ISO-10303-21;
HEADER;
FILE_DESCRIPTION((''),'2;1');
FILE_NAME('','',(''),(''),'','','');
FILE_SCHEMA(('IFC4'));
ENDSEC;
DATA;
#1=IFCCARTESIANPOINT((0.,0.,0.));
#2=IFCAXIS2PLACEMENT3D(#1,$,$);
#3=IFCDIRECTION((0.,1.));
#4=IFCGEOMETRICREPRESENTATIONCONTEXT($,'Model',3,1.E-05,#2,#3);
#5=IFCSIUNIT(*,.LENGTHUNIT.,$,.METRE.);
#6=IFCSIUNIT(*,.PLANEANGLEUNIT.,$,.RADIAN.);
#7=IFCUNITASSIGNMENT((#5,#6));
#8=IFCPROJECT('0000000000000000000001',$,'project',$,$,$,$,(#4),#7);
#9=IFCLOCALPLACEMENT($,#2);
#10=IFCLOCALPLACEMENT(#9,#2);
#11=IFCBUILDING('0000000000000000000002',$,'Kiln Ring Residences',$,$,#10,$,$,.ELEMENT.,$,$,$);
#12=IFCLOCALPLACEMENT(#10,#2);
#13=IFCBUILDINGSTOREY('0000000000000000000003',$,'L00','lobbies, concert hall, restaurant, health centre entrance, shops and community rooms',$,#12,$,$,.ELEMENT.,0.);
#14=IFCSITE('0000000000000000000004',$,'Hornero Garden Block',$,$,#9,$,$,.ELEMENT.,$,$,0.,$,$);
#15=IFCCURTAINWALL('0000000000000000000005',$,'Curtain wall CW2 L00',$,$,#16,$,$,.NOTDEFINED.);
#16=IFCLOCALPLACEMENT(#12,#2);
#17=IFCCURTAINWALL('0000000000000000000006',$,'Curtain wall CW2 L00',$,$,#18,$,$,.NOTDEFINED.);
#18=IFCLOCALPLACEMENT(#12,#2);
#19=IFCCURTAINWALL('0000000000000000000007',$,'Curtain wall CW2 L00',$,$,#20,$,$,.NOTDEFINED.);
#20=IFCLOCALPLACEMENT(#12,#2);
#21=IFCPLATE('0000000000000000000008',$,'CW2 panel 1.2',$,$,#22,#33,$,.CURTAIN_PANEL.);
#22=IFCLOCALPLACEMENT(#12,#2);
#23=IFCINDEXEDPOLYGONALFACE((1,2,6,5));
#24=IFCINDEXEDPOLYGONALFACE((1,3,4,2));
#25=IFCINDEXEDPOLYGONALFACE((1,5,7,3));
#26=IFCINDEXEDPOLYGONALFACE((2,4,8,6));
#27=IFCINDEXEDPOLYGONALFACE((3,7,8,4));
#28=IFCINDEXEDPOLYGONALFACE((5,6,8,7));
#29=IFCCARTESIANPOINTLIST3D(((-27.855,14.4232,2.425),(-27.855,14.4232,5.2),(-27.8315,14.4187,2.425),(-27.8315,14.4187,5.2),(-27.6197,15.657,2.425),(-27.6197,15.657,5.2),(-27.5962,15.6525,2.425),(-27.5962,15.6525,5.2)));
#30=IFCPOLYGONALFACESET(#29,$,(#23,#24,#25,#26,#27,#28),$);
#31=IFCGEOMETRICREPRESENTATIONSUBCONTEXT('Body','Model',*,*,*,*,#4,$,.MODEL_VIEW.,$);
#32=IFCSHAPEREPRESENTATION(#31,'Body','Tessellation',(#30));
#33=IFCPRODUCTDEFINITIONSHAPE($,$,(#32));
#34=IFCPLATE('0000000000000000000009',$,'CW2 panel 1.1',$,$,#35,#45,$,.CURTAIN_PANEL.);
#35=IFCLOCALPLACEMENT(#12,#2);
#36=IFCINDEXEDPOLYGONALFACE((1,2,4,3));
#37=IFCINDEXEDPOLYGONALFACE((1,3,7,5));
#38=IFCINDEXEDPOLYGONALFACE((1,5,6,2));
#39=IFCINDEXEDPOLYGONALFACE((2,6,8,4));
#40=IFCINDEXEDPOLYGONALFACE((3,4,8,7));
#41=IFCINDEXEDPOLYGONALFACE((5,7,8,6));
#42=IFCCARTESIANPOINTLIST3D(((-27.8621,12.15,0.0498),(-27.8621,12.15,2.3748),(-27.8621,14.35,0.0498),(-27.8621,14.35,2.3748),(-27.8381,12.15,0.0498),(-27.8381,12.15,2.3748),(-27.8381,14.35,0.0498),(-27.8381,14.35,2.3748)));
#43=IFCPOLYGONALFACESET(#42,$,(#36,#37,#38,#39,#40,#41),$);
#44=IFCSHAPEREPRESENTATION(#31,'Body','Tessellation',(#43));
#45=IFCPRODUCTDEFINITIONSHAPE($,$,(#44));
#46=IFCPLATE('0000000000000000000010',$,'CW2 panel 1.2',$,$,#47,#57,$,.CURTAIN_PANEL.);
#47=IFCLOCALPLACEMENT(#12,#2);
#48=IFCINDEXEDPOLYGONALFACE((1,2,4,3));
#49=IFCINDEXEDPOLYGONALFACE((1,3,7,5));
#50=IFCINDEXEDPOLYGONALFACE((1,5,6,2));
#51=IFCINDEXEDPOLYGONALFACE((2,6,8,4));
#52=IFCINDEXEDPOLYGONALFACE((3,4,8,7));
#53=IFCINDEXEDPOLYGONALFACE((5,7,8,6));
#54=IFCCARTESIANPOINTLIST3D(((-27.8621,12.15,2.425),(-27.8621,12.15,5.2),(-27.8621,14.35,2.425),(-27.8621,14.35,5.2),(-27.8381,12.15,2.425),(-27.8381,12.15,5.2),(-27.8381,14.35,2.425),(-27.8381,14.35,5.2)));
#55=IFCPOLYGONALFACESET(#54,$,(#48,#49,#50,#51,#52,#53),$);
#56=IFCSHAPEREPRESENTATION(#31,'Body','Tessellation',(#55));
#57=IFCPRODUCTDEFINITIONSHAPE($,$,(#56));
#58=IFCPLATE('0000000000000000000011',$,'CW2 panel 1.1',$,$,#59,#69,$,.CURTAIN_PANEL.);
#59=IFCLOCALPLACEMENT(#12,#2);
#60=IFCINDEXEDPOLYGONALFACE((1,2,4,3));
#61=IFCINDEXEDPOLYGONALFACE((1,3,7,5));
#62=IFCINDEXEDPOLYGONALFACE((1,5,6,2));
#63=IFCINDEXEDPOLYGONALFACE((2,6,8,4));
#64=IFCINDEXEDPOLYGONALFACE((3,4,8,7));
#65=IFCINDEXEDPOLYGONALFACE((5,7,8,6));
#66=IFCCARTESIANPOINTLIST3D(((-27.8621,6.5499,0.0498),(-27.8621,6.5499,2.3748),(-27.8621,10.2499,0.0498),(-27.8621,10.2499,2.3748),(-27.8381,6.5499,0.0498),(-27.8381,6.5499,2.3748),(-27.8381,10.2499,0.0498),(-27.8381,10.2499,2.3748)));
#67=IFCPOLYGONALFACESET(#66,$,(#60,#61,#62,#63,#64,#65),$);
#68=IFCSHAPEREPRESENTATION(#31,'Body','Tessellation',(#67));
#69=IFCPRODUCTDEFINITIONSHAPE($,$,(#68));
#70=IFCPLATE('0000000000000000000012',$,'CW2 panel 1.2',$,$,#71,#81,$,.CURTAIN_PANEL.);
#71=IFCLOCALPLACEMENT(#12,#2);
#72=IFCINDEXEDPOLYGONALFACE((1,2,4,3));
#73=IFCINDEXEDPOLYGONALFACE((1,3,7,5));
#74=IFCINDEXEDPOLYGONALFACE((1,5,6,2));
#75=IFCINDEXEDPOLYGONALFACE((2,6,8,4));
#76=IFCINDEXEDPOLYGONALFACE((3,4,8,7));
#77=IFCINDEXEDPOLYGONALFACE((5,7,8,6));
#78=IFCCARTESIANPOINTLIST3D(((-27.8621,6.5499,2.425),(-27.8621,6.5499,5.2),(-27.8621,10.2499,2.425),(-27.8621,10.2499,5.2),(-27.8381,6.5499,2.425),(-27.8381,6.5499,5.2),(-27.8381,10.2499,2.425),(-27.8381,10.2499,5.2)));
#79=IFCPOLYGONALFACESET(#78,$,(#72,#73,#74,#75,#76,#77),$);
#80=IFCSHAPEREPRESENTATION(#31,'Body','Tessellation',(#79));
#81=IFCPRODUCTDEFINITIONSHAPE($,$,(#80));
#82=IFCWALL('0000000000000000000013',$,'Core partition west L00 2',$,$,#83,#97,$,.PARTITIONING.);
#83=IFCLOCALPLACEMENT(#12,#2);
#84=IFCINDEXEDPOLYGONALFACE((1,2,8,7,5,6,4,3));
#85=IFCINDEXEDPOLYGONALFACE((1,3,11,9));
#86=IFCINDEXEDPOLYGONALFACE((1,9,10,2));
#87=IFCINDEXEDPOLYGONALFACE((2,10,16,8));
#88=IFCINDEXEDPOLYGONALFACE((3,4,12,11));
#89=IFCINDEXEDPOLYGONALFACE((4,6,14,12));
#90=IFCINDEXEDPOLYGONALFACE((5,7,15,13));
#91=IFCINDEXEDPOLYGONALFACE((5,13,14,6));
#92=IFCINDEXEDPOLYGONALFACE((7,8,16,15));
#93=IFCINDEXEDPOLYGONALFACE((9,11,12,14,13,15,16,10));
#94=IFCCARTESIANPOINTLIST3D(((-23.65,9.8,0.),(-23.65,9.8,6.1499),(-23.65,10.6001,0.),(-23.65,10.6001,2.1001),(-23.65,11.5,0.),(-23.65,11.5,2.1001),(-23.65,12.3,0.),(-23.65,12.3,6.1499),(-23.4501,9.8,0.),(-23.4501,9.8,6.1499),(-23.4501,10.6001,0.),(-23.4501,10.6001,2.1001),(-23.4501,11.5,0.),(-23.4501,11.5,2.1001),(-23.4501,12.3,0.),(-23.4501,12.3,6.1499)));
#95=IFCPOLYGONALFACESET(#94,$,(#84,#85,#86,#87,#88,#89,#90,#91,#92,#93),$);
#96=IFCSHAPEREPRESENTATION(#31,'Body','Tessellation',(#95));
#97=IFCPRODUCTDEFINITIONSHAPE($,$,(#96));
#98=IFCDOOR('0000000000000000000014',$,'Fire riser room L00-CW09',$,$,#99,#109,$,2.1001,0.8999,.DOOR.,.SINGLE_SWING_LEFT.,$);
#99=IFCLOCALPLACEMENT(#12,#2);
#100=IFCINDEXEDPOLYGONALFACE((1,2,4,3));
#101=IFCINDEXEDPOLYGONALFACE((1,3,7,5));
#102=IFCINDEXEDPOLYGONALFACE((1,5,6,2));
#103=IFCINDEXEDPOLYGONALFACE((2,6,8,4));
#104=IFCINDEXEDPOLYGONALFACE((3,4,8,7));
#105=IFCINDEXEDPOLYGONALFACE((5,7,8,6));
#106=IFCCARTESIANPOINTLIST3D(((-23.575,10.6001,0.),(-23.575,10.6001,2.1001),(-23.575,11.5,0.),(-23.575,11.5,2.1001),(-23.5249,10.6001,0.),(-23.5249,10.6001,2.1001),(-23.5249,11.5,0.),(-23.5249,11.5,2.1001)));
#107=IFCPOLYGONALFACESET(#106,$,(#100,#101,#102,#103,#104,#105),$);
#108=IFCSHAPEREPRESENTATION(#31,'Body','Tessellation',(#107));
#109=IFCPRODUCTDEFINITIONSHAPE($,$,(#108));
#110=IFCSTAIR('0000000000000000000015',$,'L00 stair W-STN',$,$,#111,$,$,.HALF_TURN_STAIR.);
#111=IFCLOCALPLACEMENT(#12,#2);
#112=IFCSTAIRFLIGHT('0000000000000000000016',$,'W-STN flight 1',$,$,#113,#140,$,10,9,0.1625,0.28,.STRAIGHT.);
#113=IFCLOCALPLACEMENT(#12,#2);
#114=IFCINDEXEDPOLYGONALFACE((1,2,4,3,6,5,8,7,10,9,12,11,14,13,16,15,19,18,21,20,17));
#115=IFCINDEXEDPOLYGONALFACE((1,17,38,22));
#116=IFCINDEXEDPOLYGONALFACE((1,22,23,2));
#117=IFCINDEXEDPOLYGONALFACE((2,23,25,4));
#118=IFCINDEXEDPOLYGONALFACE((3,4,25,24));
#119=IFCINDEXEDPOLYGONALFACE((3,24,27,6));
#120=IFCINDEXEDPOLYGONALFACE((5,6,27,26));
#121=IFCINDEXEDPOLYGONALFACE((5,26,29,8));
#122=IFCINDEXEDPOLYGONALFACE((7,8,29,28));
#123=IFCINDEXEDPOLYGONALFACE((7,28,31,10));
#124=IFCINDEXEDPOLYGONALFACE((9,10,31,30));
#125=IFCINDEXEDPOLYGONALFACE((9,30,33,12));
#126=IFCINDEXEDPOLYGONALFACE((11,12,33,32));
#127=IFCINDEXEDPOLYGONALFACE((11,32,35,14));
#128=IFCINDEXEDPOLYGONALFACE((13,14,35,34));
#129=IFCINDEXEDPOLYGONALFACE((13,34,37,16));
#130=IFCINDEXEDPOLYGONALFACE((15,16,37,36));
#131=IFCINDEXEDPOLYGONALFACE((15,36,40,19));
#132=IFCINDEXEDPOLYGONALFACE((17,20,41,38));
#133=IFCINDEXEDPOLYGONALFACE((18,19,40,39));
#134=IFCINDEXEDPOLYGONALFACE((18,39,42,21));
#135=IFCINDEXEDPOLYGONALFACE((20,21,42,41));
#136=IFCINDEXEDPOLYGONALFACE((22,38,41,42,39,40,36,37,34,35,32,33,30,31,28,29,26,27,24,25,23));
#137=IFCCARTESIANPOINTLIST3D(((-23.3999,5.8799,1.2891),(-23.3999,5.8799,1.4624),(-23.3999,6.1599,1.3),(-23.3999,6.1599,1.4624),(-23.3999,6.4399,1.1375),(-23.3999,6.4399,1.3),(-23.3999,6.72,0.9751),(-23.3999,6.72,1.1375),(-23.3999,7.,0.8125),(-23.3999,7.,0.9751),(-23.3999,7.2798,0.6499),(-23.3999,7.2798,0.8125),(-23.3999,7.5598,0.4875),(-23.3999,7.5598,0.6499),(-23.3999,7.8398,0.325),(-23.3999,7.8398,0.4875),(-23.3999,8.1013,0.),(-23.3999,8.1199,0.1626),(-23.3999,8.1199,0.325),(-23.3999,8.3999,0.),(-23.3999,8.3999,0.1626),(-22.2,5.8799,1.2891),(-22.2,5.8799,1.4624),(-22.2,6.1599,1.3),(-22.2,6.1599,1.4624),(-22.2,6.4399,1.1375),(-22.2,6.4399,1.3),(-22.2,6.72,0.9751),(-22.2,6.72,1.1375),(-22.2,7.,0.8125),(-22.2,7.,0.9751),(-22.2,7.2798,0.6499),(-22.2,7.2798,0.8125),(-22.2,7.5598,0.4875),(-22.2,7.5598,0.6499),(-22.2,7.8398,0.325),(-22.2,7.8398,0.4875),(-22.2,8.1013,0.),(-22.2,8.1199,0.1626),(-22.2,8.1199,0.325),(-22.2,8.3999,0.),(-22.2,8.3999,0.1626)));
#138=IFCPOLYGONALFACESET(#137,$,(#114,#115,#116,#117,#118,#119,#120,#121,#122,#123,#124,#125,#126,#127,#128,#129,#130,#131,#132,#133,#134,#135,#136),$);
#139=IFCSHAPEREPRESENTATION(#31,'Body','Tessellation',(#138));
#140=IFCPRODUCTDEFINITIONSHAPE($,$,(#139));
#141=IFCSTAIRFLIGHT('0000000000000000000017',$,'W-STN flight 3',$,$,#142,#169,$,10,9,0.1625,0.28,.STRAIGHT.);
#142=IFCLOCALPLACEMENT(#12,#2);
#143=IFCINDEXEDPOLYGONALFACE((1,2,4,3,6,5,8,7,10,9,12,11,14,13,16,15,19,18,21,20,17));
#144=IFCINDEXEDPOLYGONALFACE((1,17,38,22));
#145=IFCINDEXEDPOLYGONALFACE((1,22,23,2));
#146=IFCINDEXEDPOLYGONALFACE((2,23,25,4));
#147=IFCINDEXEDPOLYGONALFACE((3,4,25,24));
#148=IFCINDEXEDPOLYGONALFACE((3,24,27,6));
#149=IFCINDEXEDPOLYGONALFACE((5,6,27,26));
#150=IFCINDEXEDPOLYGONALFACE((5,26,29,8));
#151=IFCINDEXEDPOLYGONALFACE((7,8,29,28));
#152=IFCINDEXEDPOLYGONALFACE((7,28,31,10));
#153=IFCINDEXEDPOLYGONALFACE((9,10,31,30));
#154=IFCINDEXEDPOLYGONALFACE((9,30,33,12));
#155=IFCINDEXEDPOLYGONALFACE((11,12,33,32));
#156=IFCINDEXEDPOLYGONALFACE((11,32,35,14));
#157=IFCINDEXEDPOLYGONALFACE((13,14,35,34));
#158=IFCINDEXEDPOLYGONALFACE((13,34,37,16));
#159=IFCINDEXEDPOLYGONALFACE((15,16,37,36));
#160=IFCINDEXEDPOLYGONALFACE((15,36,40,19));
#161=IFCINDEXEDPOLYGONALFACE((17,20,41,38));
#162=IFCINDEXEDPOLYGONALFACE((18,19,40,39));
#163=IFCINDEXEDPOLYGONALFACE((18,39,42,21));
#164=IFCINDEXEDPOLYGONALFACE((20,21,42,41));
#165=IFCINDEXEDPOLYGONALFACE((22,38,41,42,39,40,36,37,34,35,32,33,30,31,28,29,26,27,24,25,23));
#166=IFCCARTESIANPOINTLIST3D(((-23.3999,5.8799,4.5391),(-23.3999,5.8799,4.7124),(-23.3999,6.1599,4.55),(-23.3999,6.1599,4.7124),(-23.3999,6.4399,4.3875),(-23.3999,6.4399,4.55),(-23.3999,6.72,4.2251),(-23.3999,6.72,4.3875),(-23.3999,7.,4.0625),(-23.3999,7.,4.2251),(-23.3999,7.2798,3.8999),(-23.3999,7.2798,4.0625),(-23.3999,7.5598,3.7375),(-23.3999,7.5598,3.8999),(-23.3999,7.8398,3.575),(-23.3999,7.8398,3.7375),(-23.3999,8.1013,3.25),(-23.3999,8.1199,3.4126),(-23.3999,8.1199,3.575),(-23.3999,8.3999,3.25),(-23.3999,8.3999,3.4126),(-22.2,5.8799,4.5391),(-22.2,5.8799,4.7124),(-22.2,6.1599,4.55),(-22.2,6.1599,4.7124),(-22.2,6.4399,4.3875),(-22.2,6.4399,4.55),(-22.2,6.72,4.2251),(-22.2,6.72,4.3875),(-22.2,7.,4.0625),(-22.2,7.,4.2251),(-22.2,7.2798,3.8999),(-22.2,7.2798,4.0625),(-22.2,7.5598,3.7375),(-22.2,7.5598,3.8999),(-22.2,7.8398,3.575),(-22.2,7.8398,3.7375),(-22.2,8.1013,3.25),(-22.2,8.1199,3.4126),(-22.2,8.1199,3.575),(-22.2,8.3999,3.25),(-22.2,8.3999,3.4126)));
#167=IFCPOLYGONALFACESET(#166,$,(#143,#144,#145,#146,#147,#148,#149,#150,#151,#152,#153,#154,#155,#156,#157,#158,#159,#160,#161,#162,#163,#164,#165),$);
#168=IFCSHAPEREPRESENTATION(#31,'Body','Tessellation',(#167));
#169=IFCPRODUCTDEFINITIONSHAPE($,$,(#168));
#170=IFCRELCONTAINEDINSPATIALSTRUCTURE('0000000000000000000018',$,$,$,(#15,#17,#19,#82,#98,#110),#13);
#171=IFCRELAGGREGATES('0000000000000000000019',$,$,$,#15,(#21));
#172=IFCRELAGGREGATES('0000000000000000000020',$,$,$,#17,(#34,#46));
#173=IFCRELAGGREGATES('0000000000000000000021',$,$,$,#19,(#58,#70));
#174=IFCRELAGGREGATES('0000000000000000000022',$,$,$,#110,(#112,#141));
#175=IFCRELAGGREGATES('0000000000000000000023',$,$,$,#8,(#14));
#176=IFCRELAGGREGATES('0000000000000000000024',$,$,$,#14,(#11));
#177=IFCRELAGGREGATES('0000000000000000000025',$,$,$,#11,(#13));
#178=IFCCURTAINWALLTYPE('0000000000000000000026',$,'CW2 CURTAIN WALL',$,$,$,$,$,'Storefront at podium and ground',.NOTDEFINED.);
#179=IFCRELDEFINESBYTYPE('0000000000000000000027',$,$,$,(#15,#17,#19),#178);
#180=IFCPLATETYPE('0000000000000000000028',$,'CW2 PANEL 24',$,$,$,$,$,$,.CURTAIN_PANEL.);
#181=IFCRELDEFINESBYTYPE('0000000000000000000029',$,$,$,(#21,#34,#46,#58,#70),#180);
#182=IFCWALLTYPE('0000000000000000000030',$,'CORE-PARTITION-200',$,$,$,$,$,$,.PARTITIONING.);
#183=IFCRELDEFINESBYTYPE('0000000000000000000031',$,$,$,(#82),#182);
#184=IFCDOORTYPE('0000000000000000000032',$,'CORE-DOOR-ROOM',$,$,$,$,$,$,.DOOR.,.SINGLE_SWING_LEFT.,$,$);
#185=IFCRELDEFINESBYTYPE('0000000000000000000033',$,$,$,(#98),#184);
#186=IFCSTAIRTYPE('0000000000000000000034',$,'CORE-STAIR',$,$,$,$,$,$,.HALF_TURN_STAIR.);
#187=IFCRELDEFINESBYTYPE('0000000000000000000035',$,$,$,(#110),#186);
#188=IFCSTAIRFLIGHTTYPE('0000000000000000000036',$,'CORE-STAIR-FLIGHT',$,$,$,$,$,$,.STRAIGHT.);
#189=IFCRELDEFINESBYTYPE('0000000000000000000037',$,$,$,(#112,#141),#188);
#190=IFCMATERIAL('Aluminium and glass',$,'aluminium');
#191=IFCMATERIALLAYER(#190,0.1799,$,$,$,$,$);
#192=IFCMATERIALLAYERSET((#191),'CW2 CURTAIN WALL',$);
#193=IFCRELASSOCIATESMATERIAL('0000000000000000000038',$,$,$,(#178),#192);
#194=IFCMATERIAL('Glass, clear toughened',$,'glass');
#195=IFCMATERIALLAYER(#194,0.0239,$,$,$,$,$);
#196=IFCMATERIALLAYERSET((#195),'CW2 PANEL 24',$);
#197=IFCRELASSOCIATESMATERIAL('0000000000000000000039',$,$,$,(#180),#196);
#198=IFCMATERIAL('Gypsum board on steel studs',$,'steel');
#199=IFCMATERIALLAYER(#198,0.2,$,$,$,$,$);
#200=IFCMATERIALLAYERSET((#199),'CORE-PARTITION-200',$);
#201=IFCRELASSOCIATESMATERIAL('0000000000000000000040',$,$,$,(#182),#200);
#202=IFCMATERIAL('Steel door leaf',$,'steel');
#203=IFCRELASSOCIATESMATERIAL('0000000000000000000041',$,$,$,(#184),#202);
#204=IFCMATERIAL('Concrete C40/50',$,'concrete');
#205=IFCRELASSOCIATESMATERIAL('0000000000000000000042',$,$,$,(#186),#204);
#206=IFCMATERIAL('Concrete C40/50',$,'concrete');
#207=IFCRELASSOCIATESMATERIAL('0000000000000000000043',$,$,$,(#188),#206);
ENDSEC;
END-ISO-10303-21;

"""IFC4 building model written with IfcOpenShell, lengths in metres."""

from ifc_helpers import new_model, si_unit, direction, frame, frame_2d, origin, origin_2d, place, context, subcontext, project, spatial, polyline, rectangle, outline, extrude, material, layer, layer_set, type_object, element, fill, aggregate, save


model = new_model("IFC4")

# Units and contexts
model_context = context("Model", 3, precision=1e-05, world=origin(), true_north=direction((0.0, 1.0)))
body_context = subcontext(model_context, "Body", "Model", "MODEL_VIEW")
ifc_project = project(units=[si_unit("LENGTHUNIT", "METRE"), si_unit("PLANEANGLEUNIT", "RADIAN")], contexts=[model_context])

# Site, building, storey
site_placement = place(None, origin())
site = spatial("IfcSite", under=ifc_project, at=site_placement, Name="Hornero Garden Block", CompositionType="ELEMENT", RefElevation=0.0)
building_placement = place(site_placement, origin())
building = spatial("IfcBuilding", under=site, at=building_placement, Name="Kiln Ring Residences", CompositionType="ELEMENT")
storey_placement = place(building_placement, origin())
storey = spatial("IfcBuildingStorey", under=building, at=storey_placement, Name="L00", Description="lobbies, concert hall, restaurant, health centre entrance, shops and community rooms", CompositionType="ELEMENT", Elevation=0.0)

# Curtain wall
ifc_material_1 = material(Name="Aluminium and glass", Category="aluminium")
ifc_layer_1 = layer(ifc_material_1, 0.1799)
ifc_layer_set_1 = layer_set([ifc_layer_1], Name="CW2 CURTAIN WALL")
curtain_wall_type = type_object("IfcCurtainWallType", Name="CW2 CURTAIN WALL", ElementType="Storefront at podium and ground", PredefinedType="NOTDEFINED", material=ifc_layer_set_1)
placement = place(storey_placement, origin())
curtain_wall_1 = element("IfcCurtainWall", 1, at=placement, inside=storey, type_object=curtain_wall_type, Name="Curtain wall CW2 L00", PredefinedType="NOTDEFINED")

# Curtain walls
curtain_wall_2 = element("IfcCurtainWall", 2, at=placement, inside=storey, type_object=curtain_wall_type, Name="Curtain wall CW2 L00", PredefinedType="NOTDEFINED")
curtain_wall_3 = element("IfcCurtainWall", 3, at=placement, inside=storey, type_object=curtain_wall_type, Name="Curtain wall CW2 L00", PredefinedType="NOTDEFINED")

# Plates
ifc_material_2 = material(Name="Glass, clear toughened", Category="glass")
ifc_layer_2 = layer(ifc_material_2, 0.0239)
ifc_layer_set_2 = layer_set([ifc_layer_2], Name="CW2 PANEL 24")
plate_type = type_object("IfcPlateType", Name="CW2 PANEL 24", PredefinedType="CURTAIN_PANEL", material=ifc_layer_set_2)
plate_1_placement = place(storey_placement, frame((-27.7256, 15.0378, 2.425), z_axis=(0.0, 0.0, 1.0), x_axis=(-0.187366, -0.98229, 0.0)))
plate_1 = element("IfcPlate", 4, at=plate_1_placement, type_object=plate_type, Name="CW2 panel 1.2", PredefinedType="CURTAIN_PANEL", context=body_context, shape_type="SweptSolid", body=[
    extrude(rectangle(XDim=1.2561, YDim=0.0239, at=origin_2d()), origin(), (0.0, 0.0, 1.0), 2.7749),
])
aggregate(curtain_wall_1, [plate_1])
plate_2_placement = place(storey_placement, frame((-27.8501, 13.25, 0.0498), z_axis=(0.0, 0.0, 1.0), x_axis=(0.0, -1.0, 0.0)))
plate_2 = element("IfcPlate", 5, at=plate_2_placement, type_object=plate_type, Name="CW2 panel 1.1", PredefinedType="CURTAIN_PANEL", context=body_context, shape_type="SweptSolid", body=[
    extrude(rectangle(XDim=2.2, YDim=0.0239, at=origin_2d()), origin(), (0.0, 0.0, 1.0), 2.325),
])
plate_3_placement = place(storey_placement, frame((-27.8501, 13.25, 2.425), z_axis=(0.0, 0.0, 1.0), x_axis=(0.0, -1.0, 0.0)))
plate_3 = element("IfcPlate", 6, at=plate_3_placement, type_object=plate_type, Name="CW2 panel 1.2", PredefinedType="CURTAIN_PANEL", context=body_context, shape_type="SweptSolid", body=[
    extrude(rectangle(XDim=2.2, YDim=0.0239, at=origin_2d()), origin(), (0.0, 0.0, 1.0), 2.7749),
])
aggregate(curtain_wall_2, [plate_2, plate_3])
plate_4_placement = place(storey_placement, frame((-27.8501, 8.3999, 0.0498), z_axis=(0.0, 0.0, 1.0), x_axis=(0.0, -1.0, 0.0)))
plate_4 = element("IfcPlate", 7, at=plate_4_placement, type_object=plate_type, Name="CW2 panel 1.1", PredefinedType="CURTAIN_PANEL", context=body_context, shape_type="SweptSolid", body=[
    extrude(rectangle(XDim=3.7, YDim=0.0239, at=origin_2d()), origin(), (0.0, 0.0, 1.0), 2.325),
])
plate_5_placement = place(storey_placement, frame((-27.8501, 8.3999, 2.425), z_axis=(0.0, 0.0, 1.0), x_axis=(0.0, -1.0, 0.0)))
plate_5 = element("IfcPlate", 8, at=plate_5_placement, type_object=plate_type, Name="CW2 panel 1.2", PredefinedType="CURTAIN_PANEL", context=body_context, shape_type="SweptSolid", body=[
    extrude(rectangle(XDim=3.7, YDim=0.0239, at=origin_2d()), origin(), (0.0, 0.0, 1.0), 2.7749),
])
aggregate(curtain_wall_3, [plate_4, plate_5])

# Wall, opening, door
ifc_material_3 = material(Name="Gypsum board on steel studs", Category="steel")
ifc_layer_3 = layer(ifc_material_3, 0.2)
ifc_layer_set_3 = layer_set([ifc_layer_3], Name="CORE-PARTITION-200")
wall_type = type_object("IfcWallType", Name="CORE-PARTITION-200", PredefinedType="PARTITIONING", material=ifc_layer_set_3)
wall_placement = place(storey_placement, frame((-23.55, 9.8, 0.0), z_axis=(0.0, 0.0, 1.0), x_axis=(0.0, 1.0, 0.0)))
wall = element("IfcWall", 9, at=wall_placement, inside=storey, type_object=wall_type, Name="Core partition west L00 2", PredefinedType="PARTITIONING", context=body_context, shape_type="SweptSolid", body=[
    extrude(rectangle(XDim=2.5, YDim=0.2, at=frame_2d((1.25, 0.0))), origin(), (0.0, 0.0, 1.0), 6.1499),
])
opening_placement = place(wall_placement, frame((0.8, 0.0, 0.0)))
opening = element("IfcOpeningElement", 10, at=opening_placement, cuts=wall, PredefinedType="OPENING", context=body_context, shape_type="SweptSolid", body=[
    extrude(rectangle(XDim=0.8999, YDim=2.1001, at=frame_2d((0.45, 1.05))), frame((0.0, 0.1099, 0.0), z_axis=(0.0, -1.0, 0.0), x_axis=(1.0, 0.0, 0.0)), (0.0, 0.0, 1.0), 0.22),
])
ifc_material_4 = material(Name="Steel door leaf", Category="steel")
door_type = type_object("IfcDoorType", Name="CORE-DOOR-ROOM", OperationType="SINGLE_SWING_LEFT", PredefinedType="DOOR", material=ifc_material_4)
door_placement = place(opening_placement, origin())
door = element("IfcDoor", 11, at=door_placement, inside=storey, type_object=door_type, Name="Fire riser room L00-CW09", OperationType="SINGLE_SWING_LEFT", OverallHeight=2.1001, OverallWidth=0.8999, PredefinedType="DOOR", context=body_context, shape_type="SweptSolid", body=[
    extrude(rectangle(XDim=0.8999, YDim=2.1001, at=frame_2d((0.45, 1.05))), frame((0.0, 0.0249, 0.0), z_axis=(0.0, -1.0, 0.0), x_axis=(1.0, 0.0, 0.0)), (0.0, 0.0, 1.0), 0.05),
])
fill(opening, door)

# Stair, stair flights
ifc_material_5 = material(Name="Concrete C40/50", Category="concrete")
stair_type = type_object("IfcStairType", Name="CORE-STAIR", PredefinedType="HALF_TURN_STAIR", material=ifc_material_5)
stair = element("IfcStair", 12, at=placement, inside=storey, type_object=stair_type, Name="L00 stair W-STN", PredefinedType="HALF_TURN_STAIR")
ifc_material_6 = material(Name="Concrete C40/50", Category="concrete")
stair_flight_type = type_object("IfcStairFlightType", Name="CORE-STAIR-FLIGHT", PredefinedType="STRAIGHT", material=ifc_material_6)
stair_flight_1_placement = place(storey_placement, frame((-22.8, 8.3999, 0.0), z_axis=(0.0, 0.0, 1.0), x_axis=(0.0, -1.0, 0.0)))
stair_flight_1 = element("IfcStairFlight", 13, at=stair_flight_1_placement, type_object=stair_flight_type, Name="W-STN flight 1", NumberOfRisers=10, NumberOfTreads=9, PredefinedType="STRAIGHT", RiserHeight=0.1625, TreadLength=0.28, context=body_context, shape_type="SweptSolid", body=[
    extrude(outline(polyline([(0.0, 0.0), (0.0, 0.1626), (0.28, 0.1626), (0.28, 0.325), (0.5601, 0.325), (0.5601, 0.4875), (0.8401, 0.4875), (0.8401, 0.6499), (1.1201, 0.6499), (1.1201, 0.8125), (1.3999, 0.8125), (1.3999, 0.9751), (1.6799, 0.9751), (1.6799, 1.1375), (1.96, 1.1375), (1.96, 1.3), (2.24, 1.3), (2.24, 1.4624), (2.52, 1.4624), (2.52, 1.625), (2.52, 1.2891), (0.2986, 0.0), (0.0, 0.0)])), frame((0.0, 0.6001, 0.0), z_axis=(0.0, -1.0, 0.0), x_axis=(1.0, 0.0, 0.0)), (0.0, 0.0, 1.0), 1.2),
])
stair_flight_2_placement = place(storey_placement, frame((-22.8, 8.3999, 3.25), z_axis=(0.0, 0.0, 1.0), x_axis=(0.0, -1.0, 0.0)))
stair_flight_2 = element("IfcStairFlight", 14, at=stair_flight_2_placement, type_object=stair_flight_type, Name="W-STN flight 3", NumberOfRisers=10, NumberOfTreads=9, PredefinedType="STRAIGHT", RiserHeight=0.1625, TreadLength=0.28, context=body_context, shape_type="SweptSolid", body=[
    extrude(outline(polyline([(0.0, 0.0), (0.0, 0.1626), (0.28, 0.1626), (0.28, 0.325), (0.5601, 0.325), (0.5601, 0.4875), (0.8401, 0.4875), (0.8401, 0.6499), (1.1201, 0.6499), (1.1201, 0.8125), (1.3999, 0.8125), (1.3999, 0.9751), (1.6799, 0.9751), (1.6799, 1.1375), (1.96, 1.1375), (1.96, 1.3), (2.24, 1.3), (2.24, 1.4624), (2.52, 1.4624), (2.52, 1.625), (2.52, 1.2891), (0.2986, 0.0), (0.0, 0.0)])), frame((0.0, 0.6001, 0.0), z_axis=(0.0, -1.0, 0.0), x_axis=(1.0, 0.0, 0.0)), (0.0, 0.0, 1.0), 1.2),
])
aggregate(stair, [stair_flight_1, stair_flight_2])

save(model, "model.ifc")
